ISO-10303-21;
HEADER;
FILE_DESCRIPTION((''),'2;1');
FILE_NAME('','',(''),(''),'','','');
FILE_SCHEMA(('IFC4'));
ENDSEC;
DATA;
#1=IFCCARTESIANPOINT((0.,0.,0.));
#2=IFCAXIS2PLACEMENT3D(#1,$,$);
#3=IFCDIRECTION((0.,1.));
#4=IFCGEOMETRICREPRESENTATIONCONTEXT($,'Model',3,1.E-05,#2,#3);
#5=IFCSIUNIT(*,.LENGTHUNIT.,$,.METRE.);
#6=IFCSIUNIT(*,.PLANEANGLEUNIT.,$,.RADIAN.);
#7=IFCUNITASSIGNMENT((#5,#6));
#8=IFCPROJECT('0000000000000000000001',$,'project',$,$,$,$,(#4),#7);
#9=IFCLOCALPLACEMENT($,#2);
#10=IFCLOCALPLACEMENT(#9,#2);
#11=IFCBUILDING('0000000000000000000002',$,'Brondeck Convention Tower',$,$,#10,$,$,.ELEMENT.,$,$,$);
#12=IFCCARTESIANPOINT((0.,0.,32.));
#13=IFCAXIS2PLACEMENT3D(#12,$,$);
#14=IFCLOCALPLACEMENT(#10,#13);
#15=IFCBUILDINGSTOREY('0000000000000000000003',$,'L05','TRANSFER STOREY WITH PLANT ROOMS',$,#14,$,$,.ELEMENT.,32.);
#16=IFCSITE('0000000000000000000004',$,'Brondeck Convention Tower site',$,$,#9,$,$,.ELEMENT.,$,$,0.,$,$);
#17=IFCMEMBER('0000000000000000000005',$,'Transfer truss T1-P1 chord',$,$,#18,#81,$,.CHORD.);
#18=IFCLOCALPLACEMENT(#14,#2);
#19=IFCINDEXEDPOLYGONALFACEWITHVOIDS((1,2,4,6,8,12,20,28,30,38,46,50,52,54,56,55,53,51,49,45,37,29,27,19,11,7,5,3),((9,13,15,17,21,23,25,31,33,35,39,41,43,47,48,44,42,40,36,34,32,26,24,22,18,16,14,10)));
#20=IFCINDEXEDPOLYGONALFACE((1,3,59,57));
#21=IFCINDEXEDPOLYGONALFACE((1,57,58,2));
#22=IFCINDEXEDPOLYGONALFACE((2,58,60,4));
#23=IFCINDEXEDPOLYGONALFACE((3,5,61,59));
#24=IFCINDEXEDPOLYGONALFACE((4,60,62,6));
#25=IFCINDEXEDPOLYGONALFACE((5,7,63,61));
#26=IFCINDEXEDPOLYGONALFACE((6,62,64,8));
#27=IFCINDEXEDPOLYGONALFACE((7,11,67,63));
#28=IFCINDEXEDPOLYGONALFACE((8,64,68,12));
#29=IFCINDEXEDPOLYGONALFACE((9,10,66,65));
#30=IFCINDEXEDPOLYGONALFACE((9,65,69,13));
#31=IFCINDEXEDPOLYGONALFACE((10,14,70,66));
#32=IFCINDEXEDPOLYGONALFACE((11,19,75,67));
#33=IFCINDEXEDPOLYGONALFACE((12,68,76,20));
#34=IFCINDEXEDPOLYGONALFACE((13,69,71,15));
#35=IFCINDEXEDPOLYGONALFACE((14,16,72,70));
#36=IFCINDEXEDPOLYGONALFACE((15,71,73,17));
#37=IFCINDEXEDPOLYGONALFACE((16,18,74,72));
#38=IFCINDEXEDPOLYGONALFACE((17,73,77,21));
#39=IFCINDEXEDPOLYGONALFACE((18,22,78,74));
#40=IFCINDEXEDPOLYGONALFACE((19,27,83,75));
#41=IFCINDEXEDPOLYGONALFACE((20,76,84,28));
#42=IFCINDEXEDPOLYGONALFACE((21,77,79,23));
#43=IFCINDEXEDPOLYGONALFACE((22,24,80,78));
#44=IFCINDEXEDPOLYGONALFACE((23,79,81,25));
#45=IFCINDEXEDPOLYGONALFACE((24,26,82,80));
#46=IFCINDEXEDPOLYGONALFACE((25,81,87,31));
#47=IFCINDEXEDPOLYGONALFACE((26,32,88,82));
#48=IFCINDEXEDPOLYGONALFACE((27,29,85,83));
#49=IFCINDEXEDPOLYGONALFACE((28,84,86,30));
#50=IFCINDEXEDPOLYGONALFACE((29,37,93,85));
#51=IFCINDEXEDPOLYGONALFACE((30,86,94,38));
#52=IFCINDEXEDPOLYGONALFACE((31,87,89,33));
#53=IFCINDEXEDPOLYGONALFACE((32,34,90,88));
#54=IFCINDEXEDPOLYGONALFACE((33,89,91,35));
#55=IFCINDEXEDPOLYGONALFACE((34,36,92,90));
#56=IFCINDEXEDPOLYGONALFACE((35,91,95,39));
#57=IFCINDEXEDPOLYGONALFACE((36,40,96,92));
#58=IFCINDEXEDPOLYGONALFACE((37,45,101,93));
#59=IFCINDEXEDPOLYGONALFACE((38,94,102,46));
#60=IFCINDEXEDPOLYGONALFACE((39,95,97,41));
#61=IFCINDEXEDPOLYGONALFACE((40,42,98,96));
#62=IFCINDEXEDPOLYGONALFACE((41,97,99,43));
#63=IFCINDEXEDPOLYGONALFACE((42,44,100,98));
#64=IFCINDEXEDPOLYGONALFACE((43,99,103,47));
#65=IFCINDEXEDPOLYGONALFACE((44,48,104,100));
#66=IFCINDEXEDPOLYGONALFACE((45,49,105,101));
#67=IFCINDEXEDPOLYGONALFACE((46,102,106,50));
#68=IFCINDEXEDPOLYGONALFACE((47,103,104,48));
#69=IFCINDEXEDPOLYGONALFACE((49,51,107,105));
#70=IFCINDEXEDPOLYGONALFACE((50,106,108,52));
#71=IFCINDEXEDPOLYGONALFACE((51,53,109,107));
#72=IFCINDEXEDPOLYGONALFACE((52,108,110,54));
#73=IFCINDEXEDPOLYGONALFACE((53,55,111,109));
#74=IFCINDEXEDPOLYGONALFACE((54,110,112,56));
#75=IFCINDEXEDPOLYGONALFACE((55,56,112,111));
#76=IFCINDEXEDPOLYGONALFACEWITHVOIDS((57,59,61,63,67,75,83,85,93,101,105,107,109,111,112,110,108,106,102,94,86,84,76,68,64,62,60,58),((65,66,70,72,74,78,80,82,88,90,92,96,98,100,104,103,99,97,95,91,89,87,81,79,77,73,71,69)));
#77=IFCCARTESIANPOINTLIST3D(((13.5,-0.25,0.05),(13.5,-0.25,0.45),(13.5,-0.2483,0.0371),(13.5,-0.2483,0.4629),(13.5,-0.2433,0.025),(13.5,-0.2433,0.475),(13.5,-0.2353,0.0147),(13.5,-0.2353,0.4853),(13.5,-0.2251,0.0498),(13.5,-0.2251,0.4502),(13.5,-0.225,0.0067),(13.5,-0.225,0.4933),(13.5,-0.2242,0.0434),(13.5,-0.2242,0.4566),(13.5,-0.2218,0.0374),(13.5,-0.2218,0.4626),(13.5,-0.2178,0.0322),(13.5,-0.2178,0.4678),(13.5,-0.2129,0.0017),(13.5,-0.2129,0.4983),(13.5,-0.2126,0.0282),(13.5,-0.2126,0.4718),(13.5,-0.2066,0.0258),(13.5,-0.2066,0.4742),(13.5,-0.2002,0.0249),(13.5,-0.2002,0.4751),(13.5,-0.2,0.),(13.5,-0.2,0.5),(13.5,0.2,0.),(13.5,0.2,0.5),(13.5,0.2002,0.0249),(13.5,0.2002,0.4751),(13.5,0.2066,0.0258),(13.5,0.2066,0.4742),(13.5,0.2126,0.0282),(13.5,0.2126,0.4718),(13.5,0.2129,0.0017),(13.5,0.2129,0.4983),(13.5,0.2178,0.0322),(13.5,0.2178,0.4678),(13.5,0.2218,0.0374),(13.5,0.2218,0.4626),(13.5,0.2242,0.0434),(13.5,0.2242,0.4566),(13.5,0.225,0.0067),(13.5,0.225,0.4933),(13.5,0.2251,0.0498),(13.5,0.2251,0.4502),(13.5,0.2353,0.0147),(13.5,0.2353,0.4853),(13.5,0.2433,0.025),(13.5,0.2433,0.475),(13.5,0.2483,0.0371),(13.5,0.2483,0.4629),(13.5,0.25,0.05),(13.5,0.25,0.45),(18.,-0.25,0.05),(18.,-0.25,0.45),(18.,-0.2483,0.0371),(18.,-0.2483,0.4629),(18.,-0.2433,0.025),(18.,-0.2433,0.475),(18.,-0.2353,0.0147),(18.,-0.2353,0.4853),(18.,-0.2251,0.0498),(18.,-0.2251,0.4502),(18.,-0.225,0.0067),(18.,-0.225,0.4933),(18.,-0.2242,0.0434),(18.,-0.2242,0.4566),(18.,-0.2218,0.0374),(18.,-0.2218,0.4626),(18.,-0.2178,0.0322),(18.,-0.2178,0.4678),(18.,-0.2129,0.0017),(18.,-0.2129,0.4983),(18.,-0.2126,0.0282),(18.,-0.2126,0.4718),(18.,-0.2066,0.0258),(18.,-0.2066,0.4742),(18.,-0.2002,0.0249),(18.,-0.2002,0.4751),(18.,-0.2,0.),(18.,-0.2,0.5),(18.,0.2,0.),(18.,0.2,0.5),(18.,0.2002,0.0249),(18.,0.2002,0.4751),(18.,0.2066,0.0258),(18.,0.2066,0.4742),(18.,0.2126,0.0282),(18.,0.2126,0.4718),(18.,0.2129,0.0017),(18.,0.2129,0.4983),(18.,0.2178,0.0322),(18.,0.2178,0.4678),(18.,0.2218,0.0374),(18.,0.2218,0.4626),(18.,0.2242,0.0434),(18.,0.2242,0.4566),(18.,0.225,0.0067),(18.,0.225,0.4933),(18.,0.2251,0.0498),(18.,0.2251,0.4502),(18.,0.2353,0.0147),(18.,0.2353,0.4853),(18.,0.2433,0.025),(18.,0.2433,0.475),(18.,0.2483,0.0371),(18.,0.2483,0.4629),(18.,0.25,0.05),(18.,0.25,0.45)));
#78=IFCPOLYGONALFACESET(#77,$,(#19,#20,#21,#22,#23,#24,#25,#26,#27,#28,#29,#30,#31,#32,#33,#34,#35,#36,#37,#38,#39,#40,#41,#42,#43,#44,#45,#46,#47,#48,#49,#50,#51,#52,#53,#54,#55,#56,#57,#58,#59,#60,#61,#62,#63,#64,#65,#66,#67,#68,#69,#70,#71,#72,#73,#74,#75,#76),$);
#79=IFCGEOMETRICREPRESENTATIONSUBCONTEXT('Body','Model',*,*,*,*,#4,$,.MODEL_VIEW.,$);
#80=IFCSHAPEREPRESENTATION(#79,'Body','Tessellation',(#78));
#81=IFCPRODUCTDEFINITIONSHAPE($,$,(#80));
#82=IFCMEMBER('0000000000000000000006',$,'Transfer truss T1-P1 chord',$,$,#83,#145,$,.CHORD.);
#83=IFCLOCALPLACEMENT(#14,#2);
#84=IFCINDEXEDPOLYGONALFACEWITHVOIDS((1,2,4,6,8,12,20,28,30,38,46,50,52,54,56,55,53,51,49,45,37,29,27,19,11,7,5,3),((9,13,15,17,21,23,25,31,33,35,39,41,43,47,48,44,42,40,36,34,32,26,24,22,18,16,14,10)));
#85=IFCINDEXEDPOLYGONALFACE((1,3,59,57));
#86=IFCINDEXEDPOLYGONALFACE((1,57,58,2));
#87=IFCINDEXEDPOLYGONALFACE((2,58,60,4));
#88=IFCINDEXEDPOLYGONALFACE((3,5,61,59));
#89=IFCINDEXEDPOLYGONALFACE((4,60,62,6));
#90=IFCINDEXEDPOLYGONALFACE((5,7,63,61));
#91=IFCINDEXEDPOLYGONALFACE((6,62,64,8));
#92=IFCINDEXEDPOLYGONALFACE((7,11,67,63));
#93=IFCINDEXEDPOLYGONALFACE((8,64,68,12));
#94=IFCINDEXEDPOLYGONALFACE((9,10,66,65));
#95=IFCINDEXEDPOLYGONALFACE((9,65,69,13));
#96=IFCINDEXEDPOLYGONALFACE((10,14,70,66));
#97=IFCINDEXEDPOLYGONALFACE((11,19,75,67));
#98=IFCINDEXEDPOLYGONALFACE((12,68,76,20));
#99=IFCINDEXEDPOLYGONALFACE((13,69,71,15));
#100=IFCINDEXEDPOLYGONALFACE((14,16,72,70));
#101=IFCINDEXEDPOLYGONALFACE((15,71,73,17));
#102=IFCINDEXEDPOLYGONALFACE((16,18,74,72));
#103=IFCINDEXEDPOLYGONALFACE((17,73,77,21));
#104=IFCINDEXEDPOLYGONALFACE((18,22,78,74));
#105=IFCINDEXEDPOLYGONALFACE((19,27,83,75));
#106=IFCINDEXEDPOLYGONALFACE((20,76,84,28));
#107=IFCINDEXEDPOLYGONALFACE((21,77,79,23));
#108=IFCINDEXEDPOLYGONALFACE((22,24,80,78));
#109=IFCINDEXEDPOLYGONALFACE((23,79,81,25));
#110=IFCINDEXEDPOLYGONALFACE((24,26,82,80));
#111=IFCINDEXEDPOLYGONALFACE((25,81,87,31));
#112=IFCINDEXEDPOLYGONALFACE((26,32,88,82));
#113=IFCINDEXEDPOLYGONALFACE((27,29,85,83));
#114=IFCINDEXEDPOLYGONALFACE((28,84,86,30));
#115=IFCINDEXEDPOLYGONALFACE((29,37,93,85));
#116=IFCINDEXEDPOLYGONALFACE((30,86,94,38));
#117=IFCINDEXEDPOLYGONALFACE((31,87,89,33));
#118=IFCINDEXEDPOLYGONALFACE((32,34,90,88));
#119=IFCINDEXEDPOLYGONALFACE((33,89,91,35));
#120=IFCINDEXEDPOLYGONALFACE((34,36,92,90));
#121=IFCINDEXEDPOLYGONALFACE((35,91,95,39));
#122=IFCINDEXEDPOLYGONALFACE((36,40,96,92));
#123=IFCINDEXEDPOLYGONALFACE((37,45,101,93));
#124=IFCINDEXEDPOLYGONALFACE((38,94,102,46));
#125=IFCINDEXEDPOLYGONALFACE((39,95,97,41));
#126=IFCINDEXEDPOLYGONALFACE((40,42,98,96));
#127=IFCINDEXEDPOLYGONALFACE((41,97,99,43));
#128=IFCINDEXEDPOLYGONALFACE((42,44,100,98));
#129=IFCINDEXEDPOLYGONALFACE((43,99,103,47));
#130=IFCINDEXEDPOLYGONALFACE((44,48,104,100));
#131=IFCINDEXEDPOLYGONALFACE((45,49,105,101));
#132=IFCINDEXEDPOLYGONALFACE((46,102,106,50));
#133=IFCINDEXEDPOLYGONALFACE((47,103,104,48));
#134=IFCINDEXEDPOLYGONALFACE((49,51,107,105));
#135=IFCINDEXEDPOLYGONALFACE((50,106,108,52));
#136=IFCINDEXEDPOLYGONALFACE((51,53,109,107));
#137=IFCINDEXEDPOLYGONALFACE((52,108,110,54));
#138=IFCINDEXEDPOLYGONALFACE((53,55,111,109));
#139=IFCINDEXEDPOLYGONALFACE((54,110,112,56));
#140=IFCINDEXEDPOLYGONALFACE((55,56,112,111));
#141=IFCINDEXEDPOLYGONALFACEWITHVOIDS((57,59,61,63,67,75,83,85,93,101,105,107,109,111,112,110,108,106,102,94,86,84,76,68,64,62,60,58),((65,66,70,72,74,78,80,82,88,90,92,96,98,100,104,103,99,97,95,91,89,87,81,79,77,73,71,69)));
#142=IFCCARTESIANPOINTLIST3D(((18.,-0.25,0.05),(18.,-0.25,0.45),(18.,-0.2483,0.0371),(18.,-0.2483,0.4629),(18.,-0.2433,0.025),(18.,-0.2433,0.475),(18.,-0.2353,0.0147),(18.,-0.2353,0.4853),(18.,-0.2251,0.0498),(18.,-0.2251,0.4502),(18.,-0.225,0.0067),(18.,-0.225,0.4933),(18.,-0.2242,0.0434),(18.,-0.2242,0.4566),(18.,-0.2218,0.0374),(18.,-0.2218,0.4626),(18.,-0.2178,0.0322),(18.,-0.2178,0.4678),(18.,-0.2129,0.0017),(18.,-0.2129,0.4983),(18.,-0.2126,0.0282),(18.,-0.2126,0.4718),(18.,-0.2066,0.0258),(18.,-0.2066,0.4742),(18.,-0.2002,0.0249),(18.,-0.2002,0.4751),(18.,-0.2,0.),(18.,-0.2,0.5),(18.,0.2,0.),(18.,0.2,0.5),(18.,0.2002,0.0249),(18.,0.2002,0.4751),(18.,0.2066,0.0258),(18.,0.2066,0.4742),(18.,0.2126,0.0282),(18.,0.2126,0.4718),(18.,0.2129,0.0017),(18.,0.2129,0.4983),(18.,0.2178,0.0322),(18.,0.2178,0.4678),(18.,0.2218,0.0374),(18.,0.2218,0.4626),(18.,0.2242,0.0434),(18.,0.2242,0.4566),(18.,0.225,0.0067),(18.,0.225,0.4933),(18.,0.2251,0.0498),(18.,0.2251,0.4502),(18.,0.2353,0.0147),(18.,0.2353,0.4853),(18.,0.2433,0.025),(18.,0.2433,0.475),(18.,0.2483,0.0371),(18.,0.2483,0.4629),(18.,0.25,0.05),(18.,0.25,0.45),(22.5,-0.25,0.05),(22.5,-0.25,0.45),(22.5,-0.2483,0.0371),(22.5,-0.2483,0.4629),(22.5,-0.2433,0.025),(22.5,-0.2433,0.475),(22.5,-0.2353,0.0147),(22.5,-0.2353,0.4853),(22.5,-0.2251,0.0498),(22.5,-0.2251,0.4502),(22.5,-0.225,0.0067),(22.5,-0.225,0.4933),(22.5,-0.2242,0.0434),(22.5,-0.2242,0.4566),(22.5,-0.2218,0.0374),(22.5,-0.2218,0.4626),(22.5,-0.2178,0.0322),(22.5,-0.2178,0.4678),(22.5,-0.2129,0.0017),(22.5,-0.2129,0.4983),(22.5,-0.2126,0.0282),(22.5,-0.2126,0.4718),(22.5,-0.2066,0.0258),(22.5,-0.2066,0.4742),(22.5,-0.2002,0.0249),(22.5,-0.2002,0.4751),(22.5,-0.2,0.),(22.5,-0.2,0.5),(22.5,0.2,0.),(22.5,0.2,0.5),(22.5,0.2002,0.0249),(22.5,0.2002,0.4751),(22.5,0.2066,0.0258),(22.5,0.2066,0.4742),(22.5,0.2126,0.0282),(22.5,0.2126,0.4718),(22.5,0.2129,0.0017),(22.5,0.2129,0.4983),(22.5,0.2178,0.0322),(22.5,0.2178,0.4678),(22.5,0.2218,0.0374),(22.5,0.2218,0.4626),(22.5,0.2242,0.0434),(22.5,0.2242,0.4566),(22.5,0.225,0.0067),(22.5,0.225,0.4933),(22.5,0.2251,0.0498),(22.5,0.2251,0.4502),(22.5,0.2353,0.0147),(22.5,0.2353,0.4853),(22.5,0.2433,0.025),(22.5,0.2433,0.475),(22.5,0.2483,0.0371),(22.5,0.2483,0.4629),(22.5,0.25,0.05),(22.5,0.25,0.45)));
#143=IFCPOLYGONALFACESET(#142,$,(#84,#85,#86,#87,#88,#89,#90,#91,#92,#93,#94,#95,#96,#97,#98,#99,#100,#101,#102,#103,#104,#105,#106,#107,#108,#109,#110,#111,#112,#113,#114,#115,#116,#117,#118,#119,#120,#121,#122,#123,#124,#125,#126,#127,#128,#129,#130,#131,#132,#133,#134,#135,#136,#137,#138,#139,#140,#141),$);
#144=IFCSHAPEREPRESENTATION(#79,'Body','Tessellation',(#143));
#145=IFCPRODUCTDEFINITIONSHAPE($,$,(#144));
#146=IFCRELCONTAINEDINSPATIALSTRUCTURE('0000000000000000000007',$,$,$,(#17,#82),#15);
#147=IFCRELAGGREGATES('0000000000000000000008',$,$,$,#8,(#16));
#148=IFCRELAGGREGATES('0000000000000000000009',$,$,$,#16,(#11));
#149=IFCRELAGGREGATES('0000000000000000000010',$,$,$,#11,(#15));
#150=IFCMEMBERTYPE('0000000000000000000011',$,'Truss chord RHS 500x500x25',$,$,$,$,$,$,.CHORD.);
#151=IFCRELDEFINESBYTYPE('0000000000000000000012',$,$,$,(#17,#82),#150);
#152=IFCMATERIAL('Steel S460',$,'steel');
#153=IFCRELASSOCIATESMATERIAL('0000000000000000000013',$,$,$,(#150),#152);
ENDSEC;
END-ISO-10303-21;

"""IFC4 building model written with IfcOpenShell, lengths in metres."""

from ifc_helpers import new_model, si_unit, direction, frame, origin, origin_2d, place, context, subcontext, project, spatial, hollow_rectangle, extrude, material, material_profile, profile_set, type_object, element, save


model = new_model("IFC4")

# Units and contexts
model_context = context("Model", 3, precision=1e-05, world=origin(), true_north=direction((0.0, 1.0)))
body_context = subcontext(model_context, "Body", "Model", "MODEL_VIEW")
ifc_project = project(units=[si_unit("LENGTHUNIT", "METRE"), si_unit("PLANEANGLEUNIT", "RADIAN")], contexts=[model_context])

# Site, building, storey
site_placement = place(None, origin())
site = spatial("IfcSite", under=ifc_project, at=site_placement, Name="Brondeck Convention Tower site", CompositionType="ELEMENT", RefElevation=0.0)
building_placement = place(site_placement, origin())
building = spatial("IfcBuilding", under=site, at=building_placement, Name="Brondeck Convention Tower", CompositionType="ELEMENT")
storey_placement = place(building_placement, frame((0.0, 0.0, 32.0)))
storey = spatial("IfcBuildingStorey", under=building, at=storey_placement, Name="L05", Description="TRANSFER STOREY WITH PLANT ROOMS", CompositionType="ELEMENT", Elevation=32.0)

# Shared definitions
ifc_material_1 = material(Name="Steel S460", Category="steel")

# Members
ifc_material_profile_1 = material_profile(ifc_material_1, hollow_rectangle(XDim=0.5, YDim=0.5, WallThickness=0.0249, InnerFilletRadius=0.0249, OuterFilletRadius=0.05, at=origin_2d()), Name="RHS 500x500x25")
ifc_profile_set_1 = profile_set([ifc_material_profile_1], Name="Steel S460")
member_type_1 = type_object("IfcMemberType", Name="Truss chord RHS 500x500x25", PredefinedType="CHORD", material=ifc_profile_set_1)
for number, where, z_axis, x_axis, name in (
    (1, (13.5, 0.0, 0.25), (1.0, 0.0, 0.0), (0.0, 1.0, 0.0), "Transfer truss T1-P1 chord"),
    (2, (18.0, 0.0, 0.25), (1.0, 0.0, 0.0), (0.0, 1.0, 0.0), "Transfer truss T1-P1 chord"),
):
    element("IfcMember", number, at=place(storey_placement, frame(where, z_axis=z_axis, x_axis=x_axis)), inside=storey, type_object=member_type_1, Name=name, PredefinedType="CHORD", context=body_context, shape_type="SweptSolid", body=[
        extrude(hollow_rectangle(XDim=0.5, YDim=0.5, WallThickness=0.0249, InnerFilletRadius=0.0249, OuterFilletRadius=0.05, at=origin_2d()), origin(), (0.0, 0.0, 1.0), 4.5),
    ])

save(model, "model.ifc")
